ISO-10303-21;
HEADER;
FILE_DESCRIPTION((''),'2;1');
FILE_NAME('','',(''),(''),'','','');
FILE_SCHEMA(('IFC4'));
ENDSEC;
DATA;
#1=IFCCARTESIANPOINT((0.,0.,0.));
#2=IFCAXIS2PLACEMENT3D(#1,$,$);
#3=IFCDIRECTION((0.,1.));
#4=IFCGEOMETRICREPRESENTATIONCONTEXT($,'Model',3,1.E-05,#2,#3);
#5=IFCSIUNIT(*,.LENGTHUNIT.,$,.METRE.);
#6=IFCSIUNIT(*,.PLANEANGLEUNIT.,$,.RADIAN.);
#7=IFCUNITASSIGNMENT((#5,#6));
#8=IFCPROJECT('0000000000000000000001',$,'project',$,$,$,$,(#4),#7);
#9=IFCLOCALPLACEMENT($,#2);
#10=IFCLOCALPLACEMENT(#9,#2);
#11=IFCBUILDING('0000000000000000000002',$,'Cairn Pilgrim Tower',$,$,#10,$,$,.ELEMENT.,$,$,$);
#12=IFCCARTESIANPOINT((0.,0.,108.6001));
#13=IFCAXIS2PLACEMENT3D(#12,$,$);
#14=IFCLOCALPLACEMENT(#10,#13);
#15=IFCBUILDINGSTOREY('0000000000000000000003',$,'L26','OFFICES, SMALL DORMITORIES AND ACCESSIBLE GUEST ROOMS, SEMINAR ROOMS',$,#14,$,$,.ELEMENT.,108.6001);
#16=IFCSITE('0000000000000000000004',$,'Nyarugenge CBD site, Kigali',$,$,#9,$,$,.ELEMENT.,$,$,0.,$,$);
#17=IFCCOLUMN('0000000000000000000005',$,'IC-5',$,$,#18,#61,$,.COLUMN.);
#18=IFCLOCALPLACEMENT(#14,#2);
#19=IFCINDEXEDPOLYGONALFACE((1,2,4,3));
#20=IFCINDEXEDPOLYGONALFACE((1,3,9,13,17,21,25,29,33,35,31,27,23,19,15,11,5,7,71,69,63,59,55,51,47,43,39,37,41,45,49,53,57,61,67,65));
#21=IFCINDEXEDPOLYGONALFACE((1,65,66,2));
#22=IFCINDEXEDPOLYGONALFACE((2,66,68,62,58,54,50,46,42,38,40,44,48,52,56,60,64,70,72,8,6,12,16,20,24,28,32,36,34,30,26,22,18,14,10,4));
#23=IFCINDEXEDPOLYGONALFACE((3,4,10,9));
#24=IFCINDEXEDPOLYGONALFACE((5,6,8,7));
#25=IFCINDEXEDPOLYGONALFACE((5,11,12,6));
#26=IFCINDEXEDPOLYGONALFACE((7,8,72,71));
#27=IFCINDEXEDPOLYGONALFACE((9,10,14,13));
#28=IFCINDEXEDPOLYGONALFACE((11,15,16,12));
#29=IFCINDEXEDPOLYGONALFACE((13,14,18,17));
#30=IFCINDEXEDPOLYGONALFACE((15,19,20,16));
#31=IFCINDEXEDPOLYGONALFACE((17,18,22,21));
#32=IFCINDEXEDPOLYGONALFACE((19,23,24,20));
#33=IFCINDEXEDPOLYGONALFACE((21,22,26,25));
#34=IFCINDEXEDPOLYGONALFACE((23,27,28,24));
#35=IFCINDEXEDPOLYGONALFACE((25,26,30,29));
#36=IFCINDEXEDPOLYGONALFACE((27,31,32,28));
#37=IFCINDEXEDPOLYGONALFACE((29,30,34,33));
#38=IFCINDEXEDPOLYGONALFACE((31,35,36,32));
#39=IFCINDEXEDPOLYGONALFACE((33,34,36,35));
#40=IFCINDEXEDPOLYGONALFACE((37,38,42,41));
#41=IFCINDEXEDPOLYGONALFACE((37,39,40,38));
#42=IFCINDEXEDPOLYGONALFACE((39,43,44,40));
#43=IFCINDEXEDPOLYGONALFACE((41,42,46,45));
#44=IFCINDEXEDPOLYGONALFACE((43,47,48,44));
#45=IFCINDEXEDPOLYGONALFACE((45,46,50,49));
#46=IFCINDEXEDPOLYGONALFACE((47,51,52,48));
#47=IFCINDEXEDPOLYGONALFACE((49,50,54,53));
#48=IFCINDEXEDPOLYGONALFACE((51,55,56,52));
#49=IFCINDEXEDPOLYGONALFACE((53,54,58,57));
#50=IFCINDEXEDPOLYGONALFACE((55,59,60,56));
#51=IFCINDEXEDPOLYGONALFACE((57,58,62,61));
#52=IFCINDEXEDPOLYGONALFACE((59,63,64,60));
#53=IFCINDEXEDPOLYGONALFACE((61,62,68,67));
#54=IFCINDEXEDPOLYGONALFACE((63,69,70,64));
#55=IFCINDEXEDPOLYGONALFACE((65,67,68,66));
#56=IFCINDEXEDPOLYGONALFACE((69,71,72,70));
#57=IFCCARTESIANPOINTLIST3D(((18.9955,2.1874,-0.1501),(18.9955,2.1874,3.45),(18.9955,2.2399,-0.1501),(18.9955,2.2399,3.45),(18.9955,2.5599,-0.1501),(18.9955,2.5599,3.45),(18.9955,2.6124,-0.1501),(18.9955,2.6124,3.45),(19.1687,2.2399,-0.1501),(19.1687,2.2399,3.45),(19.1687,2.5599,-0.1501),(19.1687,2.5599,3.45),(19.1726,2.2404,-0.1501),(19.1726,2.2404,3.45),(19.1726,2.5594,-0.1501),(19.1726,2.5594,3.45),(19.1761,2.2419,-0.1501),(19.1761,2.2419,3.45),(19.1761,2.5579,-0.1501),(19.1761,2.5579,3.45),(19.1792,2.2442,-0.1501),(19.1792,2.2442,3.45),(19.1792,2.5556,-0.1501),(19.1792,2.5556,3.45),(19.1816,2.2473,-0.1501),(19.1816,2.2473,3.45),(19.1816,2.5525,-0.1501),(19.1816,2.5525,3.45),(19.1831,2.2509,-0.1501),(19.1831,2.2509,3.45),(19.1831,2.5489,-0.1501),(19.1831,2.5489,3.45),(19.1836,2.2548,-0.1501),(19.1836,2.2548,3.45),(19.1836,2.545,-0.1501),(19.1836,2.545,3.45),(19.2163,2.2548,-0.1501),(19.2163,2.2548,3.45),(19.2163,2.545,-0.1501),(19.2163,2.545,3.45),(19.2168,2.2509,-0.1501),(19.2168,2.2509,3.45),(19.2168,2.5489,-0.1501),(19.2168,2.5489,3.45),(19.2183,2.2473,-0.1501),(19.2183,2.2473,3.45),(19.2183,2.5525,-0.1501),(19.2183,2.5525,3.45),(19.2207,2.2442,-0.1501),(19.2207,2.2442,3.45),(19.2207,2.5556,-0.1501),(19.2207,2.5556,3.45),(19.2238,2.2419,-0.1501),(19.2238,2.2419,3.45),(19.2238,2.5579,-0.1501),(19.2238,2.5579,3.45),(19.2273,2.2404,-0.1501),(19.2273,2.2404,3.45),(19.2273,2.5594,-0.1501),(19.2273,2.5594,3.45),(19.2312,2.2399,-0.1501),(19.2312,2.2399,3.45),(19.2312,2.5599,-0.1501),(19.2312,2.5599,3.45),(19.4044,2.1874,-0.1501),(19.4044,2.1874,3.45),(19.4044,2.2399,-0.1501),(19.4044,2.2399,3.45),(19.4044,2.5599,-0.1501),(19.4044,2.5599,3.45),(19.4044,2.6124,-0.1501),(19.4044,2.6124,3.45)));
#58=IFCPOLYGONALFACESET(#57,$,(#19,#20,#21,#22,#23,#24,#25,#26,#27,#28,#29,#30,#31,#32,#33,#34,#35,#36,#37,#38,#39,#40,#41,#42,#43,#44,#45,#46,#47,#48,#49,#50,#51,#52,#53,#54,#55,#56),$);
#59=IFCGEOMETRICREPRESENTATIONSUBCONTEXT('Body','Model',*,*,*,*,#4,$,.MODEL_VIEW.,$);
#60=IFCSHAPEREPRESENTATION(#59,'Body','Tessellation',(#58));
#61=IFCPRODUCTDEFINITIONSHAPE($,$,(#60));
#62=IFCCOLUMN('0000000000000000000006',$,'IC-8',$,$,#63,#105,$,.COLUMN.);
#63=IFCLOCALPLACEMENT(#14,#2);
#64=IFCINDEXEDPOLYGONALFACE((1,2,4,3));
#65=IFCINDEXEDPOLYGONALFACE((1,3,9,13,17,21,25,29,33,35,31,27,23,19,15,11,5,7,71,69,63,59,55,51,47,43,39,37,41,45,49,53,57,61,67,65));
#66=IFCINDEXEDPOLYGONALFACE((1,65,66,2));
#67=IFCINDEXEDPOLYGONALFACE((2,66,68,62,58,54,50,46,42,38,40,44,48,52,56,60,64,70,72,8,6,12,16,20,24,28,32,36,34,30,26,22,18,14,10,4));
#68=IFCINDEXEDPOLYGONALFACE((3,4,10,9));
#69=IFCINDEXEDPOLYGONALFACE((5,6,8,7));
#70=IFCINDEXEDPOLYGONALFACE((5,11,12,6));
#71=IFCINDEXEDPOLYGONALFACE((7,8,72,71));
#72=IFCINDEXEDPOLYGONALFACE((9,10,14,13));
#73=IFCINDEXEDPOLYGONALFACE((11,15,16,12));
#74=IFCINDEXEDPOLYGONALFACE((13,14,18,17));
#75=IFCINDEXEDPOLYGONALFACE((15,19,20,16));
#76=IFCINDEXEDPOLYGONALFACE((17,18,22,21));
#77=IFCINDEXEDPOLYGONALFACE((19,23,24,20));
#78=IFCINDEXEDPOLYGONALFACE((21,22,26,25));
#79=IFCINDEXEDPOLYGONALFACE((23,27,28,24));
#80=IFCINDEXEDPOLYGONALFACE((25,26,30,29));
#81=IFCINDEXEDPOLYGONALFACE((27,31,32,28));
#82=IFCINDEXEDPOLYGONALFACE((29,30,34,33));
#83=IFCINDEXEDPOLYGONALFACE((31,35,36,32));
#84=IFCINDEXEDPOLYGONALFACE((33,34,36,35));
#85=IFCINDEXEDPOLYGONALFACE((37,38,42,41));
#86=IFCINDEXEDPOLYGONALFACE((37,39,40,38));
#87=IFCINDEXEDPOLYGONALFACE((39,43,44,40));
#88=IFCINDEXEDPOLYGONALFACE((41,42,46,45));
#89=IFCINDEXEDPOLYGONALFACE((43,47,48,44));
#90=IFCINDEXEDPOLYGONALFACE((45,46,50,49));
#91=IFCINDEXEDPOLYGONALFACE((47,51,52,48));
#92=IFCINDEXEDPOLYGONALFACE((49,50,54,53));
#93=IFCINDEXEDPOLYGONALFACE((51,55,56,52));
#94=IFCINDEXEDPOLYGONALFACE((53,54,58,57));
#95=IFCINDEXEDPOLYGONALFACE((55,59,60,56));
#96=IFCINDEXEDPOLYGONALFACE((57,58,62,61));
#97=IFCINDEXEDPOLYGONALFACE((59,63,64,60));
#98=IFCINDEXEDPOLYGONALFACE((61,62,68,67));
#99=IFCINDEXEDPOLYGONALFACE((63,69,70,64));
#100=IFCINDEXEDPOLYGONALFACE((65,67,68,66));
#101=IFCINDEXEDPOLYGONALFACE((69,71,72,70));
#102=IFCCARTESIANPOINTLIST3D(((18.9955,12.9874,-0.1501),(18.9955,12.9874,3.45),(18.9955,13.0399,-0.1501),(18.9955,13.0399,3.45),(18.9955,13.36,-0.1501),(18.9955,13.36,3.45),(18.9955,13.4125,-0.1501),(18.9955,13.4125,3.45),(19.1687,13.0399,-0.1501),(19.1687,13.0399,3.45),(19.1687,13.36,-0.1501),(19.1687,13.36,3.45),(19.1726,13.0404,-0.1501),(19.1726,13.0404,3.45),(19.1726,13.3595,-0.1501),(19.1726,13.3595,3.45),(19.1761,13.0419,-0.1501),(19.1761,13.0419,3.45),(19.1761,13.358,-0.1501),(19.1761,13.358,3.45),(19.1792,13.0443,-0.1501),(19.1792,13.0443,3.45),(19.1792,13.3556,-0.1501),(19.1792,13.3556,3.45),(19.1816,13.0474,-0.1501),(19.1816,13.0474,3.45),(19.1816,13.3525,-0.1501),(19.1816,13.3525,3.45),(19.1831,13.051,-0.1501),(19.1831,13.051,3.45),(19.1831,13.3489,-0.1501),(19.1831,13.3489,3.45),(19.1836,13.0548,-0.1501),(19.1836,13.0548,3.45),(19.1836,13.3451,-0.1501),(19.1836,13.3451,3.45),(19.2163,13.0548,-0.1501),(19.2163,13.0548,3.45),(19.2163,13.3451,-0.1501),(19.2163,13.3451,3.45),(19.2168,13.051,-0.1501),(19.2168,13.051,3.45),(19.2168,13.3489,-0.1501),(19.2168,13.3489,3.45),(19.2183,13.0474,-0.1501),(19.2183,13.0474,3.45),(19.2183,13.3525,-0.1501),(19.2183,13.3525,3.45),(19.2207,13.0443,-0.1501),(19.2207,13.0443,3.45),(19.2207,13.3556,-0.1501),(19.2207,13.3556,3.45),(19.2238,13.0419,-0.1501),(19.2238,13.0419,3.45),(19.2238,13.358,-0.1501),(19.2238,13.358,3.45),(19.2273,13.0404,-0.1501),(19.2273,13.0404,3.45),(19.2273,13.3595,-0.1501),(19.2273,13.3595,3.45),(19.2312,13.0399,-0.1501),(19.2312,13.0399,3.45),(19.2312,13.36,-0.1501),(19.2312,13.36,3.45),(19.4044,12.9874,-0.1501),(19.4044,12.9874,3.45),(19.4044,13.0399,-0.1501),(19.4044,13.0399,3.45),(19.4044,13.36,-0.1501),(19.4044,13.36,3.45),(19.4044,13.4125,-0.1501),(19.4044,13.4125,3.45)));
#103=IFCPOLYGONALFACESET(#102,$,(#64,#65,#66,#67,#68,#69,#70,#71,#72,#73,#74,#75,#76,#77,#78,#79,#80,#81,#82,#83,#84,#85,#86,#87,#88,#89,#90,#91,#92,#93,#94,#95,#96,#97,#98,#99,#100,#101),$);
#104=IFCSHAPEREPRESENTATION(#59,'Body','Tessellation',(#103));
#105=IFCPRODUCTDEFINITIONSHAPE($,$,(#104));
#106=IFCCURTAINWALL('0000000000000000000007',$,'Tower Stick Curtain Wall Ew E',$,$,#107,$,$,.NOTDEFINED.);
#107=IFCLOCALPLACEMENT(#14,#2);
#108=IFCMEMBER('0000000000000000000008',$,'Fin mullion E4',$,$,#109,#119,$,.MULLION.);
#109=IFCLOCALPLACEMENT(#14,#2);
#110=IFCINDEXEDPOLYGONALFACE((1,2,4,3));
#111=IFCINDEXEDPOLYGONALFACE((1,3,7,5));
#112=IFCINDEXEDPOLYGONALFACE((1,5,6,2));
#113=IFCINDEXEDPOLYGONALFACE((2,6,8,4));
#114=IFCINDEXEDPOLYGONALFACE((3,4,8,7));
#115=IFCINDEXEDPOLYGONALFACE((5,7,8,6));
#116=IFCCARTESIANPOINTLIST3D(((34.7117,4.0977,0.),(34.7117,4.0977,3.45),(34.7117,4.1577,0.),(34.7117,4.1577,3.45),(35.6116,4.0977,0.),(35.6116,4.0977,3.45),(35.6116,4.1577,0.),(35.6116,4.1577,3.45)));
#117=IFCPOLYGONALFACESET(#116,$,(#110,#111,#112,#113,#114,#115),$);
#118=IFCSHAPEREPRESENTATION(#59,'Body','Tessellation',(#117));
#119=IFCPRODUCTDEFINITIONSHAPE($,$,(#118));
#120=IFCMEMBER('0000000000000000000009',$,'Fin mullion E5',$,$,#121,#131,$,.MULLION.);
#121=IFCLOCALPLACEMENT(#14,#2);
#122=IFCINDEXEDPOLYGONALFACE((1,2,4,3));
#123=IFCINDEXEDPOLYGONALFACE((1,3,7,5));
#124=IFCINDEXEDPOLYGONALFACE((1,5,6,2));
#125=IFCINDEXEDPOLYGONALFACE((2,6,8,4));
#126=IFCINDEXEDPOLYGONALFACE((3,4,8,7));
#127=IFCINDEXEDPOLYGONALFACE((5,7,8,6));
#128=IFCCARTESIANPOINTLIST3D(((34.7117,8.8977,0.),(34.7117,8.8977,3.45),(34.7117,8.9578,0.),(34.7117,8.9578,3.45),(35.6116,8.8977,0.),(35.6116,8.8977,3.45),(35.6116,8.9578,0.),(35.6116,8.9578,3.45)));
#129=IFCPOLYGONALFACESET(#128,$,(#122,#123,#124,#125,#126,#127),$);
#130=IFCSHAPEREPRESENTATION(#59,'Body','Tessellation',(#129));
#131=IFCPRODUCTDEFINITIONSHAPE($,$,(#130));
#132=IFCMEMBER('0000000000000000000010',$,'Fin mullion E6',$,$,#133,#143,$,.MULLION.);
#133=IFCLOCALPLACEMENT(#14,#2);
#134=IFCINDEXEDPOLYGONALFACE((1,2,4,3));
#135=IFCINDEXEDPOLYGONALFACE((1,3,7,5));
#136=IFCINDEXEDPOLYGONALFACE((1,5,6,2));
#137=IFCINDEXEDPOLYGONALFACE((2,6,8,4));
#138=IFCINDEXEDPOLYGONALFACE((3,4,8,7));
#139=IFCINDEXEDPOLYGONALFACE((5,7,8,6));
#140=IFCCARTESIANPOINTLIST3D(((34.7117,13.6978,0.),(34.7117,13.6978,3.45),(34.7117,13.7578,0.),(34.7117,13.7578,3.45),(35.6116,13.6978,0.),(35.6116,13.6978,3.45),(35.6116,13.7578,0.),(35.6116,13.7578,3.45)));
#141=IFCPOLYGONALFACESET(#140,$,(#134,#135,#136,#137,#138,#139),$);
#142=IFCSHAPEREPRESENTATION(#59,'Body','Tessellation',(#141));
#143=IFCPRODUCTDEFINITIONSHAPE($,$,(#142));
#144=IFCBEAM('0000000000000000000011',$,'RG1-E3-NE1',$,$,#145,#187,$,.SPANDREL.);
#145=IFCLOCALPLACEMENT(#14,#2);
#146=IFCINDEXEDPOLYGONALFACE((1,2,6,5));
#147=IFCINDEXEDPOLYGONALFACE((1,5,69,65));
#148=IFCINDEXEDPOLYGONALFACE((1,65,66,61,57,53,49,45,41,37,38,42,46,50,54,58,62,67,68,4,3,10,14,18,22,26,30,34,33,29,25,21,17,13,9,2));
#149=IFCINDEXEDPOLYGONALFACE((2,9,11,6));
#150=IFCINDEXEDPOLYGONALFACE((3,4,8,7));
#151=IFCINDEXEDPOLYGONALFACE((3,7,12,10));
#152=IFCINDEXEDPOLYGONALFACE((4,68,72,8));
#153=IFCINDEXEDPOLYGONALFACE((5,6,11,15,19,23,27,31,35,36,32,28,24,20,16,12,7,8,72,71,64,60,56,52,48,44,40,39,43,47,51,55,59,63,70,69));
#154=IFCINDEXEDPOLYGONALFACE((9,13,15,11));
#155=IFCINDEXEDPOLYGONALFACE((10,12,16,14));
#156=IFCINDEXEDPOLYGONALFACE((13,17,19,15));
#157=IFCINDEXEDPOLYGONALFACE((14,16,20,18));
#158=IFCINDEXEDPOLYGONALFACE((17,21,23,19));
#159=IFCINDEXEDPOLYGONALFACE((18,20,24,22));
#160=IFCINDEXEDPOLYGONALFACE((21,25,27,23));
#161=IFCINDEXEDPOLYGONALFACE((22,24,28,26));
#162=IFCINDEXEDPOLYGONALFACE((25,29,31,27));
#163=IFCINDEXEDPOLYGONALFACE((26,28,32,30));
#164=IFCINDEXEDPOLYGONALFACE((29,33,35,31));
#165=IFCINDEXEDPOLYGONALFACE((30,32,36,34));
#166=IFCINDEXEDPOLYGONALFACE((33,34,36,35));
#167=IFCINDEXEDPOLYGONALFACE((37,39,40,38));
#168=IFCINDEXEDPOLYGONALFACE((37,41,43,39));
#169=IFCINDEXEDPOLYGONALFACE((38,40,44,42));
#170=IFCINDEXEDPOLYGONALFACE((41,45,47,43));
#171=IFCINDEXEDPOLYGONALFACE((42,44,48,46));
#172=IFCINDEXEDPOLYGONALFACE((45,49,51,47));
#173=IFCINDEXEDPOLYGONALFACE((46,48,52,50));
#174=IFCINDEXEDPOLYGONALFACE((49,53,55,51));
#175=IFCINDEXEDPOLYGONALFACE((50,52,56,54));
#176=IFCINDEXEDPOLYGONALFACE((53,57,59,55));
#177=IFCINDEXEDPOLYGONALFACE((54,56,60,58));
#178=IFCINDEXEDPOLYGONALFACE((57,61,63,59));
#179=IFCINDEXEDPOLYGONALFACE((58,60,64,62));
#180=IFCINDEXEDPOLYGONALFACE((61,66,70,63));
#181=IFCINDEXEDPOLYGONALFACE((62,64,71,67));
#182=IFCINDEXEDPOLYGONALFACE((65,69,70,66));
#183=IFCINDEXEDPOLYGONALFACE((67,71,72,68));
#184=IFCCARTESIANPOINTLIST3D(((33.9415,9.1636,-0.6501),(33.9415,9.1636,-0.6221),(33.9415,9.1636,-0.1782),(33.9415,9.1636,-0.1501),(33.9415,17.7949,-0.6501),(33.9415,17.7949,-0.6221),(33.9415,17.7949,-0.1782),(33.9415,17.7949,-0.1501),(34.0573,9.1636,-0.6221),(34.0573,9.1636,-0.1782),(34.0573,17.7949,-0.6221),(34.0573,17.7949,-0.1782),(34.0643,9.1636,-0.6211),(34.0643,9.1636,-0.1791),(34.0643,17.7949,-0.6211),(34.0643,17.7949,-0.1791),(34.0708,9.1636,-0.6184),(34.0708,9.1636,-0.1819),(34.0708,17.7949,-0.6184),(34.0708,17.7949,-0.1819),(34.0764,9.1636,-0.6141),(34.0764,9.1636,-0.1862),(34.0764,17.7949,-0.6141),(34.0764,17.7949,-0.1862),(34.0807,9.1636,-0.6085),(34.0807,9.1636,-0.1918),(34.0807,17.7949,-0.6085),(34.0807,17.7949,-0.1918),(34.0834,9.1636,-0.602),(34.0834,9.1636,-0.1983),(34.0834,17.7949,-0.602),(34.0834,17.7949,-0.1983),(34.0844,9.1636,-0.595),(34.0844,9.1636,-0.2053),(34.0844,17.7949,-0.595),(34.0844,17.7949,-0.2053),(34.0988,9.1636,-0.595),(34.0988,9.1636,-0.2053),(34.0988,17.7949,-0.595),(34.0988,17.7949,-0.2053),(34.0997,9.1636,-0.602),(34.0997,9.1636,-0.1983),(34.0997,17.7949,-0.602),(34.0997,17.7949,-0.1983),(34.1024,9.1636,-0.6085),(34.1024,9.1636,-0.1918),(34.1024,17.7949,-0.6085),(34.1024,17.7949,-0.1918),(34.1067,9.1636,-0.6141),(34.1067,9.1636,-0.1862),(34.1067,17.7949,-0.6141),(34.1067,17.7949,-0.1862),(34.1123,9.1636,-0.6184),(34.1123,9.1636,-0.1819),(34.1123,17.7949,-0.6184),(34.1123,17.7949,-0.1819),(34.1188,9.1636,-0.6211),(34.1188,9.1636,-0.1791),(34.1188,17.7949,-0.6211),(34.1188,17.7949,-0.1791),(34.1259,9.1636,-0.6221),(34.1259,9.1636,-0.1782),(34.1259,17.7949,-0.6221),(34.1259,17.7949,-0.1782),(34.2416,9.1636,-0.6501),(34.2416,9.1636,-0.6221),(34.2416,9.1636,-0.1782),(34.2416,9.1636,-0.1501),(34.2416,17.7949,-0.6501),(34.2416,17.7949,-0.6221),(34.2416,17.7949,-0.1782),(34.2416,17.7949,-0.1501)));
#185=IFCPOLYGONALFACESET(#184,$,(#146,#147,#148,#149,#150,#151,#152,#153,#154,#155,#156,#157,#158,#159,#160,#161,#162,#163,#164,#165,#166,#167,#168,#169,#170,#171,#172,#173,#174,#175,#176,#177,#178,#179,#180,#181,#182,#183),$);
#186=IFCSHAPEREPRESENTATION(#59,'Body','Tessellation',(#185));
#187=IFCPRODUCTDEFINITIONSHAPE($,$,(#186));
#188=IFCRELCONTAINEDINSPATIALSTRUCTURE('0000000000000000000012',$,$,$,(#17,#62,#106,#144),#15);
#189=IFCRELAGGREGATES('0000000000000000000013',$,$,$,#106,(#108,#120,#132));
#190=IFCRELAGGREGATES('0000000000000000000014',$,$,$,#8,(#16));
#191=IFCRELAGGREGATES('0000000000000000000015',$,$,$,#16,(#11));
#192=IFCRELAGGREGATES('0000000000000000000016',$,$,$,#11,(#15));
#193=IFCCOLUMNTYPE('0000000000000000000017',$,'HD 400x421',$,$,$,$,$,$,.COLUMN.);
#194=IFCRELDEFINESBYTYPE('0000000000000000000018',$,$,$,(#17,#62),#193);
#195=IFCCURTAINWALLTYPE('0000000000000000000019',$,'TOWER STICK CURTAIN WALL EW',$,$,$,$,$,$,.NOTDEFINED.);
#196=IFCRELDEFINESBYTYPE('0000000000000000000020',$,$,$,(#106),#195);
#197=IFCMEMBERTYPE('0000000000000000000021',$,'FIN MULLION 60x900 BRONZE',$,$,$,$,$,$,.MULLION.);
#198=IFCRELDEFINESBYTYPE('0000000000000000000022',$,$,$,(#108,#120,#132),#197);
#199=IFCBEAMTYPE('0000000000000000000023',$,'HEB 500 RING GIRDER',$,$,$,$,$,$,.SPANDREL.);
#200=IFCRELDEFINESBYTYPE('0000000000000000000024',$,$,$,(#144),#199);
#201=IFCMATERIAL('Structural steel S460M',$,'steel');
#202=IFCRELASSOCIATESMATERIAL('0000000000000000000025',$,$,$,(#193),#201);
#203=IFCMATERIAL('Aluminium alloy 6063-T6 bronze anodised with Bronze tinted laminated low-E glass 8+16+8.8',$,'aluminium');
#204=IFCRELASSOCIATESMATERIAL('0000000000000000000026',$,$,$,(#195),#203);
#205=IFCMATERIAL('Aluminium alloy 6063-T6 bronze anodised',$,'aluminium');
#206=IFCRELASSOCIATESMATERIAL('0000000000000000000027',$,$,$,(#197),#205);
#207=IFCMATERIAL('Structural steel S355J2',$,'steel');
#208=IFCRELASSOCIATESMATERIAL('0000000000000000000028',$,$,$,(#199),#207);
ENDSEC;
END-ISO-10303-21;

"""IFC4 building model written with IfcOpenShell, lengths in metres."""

from ifc_helpers import new_model, si_unit, direction, frame, origin, origin_2d, place, context, subcontext, project, spatial, rectangle, i_section, extrude, material, material_profile, profile_set, type_object, element, aggregate, save


model = new_model("IFC4")

# Units and contexts
model_context = context("Model", 3, precision=1e-05, world=origin(), true_north=direction((0.0, 1.0)))
body_context = subcontext(model_context, "Body", "Model", "MODEL_VIEW")
ifc_project = project(units=[si_unit("LENGTHUNIT", "METRE"), si_unit("PLANEANGLEUNIT", "RADIAN")], contexts=[model_context])

# Site, building, storey
site_placement = place(None, origin())
site = spatial("IfcSite", under=ifc_project, at=site_placement, Name="Nyarugenge CBD site, Kigali", CompositionType="ELEMENT", RefElevation=0.0)
building_placement = place(site_placement, origin())
building = spatial("IfcBuilding", under=site, at=building_placement, Name="Cairn Pilgrim Tower", CompositionType="ELEMENT")
storey_placement = place(building_placement, frame((0.0, 0.0, 108.6001)))
storey = spatial("IfcBuildingStorey", under=building, at=storey_placement, Name="L26", Description="OFFICES, SMALL DORMITORIES AND ACCESSIBLE GUEST ROOMS, SEMINAR ROOMS", CompositionType="ELEMENT", Elevation=108.6001)

# Columns
ifc_material_1 = material(Name="Structural steel S460M", Category="steel")
ifc_material_profile_1 = material_profile(ifc_material_1, i_section(OverallWidth=0.4089, OverallDepth=0.425, WebThickness=0.0327, FlangeThickness=0.0525, FilletRadius=0.0149, at=origin_2d()), Name="HD 400x421")
ifc_profile_set_1 = profile_set([ifc_material_profile_1], Name="Structural steel S460M")
column_type_1 = type_object("IfcColumnType", Name="HD 400x421", PredefinedType="COLUMN", material=ifc_profile_set_1)
for number, where, z_axis, x_axis, name in (
    (1, (19.2, 2.3999, -0.1501), (0.0, 0.0, 1.0), (1.0, 0.0, 0.0), "IC-5"),
    (2, (19.2, 13.2, -0.1501), (0.0, 0.0, 1.0), (1.0, 0.0, 0.0), "IC-8"),
):
    element("IfcColumn", number, at=place(storey_placement, frame(where, z_axis=z_axis, x_axis=x_axis)), inside=storey, type_object=column_type_1, Name=name, PredefinedType="COLUMN", context=body_context, shape_type="SweptSolid", body=[
        extrude(i_section(OverallWidth=0.4089, OverallDepth=0.425, WebThickness=0.0327, FlangeThickness=0.0525, FilletRadius=0.0149, at=origin_2d()), origin(), (0.0, 0.0, 1.0), 3.6001),
    ])

# Curtain wall, members
ifc_material_2 = material(Name="Aluminium alloy 6063-T6 bronze anodised with Bronze tinted laminated low-E glass 8+16+8.8", Category="aluminium")
curtain_wall_type = type_object("IfcCurtainWallType", Name="TOWER STICK CURTAIN WALL EW", PredefinedType="NOTDEFINED", material=ifc_material_2)
curtain_wall_placement = place(storey_placement, origin())
curtain_wall = element("IfcCurtainWall", 3, at=curtain_wall_placement, inside=storey, type_object=curtain_wall_type, Name="Tower Stick Curtain Wall Ew E", PredefinedType="NOTDEFINED")
ifc_material_3 = material(Name="Aluminium alloy 6063-T6 bronze anodised", Category="aluminium")
ifc_material_profile_2 = material_profile(ifc_material_3, rectangle(XDim=0.8999, YDim=0.0601, at=origin_2d()), Name="FIN MULLION 60x900 BRONZE")
ifc_profile_set_2 = profile_set([ifc_material_profile_2], Name="Aluminium alloy 6063-T6 bronze anodised")
member_type_1 = type_object("IfcMemberType", Name="FIN MULLION 60x900 BRONZE", PredefinedType="MULLION", material=ifc_profile_set_2)
member_1_placement = place(storey_placement, frame((35.1616, 4.1277, 0.0), z_axis=(0.0, 0.0, 1.0), x_axis=(1.0, 0.0, 0.0)))
member_1 = element("IfcMember", 4, at=member_1_placement, type_object=member_type_1, Name="Fin mullion E4", PredefinedType="MULLION", context=body_context, shape_type="SweptSolid", body=[
    extrude(rectangle(XDim=0.8999, YDim=0.0601, at=origin_2d()), origin(), (0.0, 0.0, 1.0), 3.45),
])
member_2_placement = place(storey_placement, frame((35.1616, 8.9277, 0.0), z_axis=(0.0, 0.0, 1.0), x_axis=(1.0, 0.0, 0.0)))
member_2 = element("IfcMember", 5, at=member_2_placement, type_object=member_type_1, Name="Fin mullion E5", PredefinedType="MULLION", context=body_context, shape_type="SweptSolid", body=[
    extrude(rectangle(XDim=0.8999, YDim=0.0601, at=origin_2d()), origin(), (0.0, 0.0, 1.0), 3.45),
])
member_3_placement = place(storey_placement, frame((35.1616, 13.7278, 0.0), z_axis=(0.0, 0.0, 1.0), x_axis=(1.0, 0.0, 0.0)))
member_3 = element("IfcMember", 6, at=member_3_placement, type_object=member_type_1, Name="Fin mullion E6", PredefinedType="MULLION", context=body_context, shape_type="SweptSolid", body=[
    extrude(rectangle(XDim=0.8999, YDim=0.0601, at=origin_2d()), origin(), (0.0, 0.0, 1.0), 3.45),
])

# Beam
ifc_material_4 = material(Name="Structural steel S355J2", Category="steel")
ifc_material_profile_3 = material_profile(ifc_material_4, i_section(OverallWidth=0.3, OverallDepth=0.5, WebThickness=0.0144, FlangeThickness=0.0281, FilletRadius=0.0271, at=origin_2d()), Name="HEB 500")
ifc_profile_set_3 = profile_set([ifc_material_profile_3], Name="Structural steel S355J2")
beam_type_1 = type_object("IfcBeamType", Name="HEB 500 RING GIRDER", PredefinedType="SPANDREL", material=ifc_profile_set_3)
beam_1_placement = place(storey_placement, frame((34.0916, 9.1636, -0.4001), z_axis=(0.0, 1.0, 0.0), x_axis=(-1.0, 0.0, 0.0)))
element("IfcBeam", 7, at=beam_1_placement, inside=storey, type_object=beam_type_1, Name="RG1-E3-NE1", PredefinedType="SPANDREL", context=body_context, shape_type="SweptSolid", body=[
    extrude(i_section(OverallWidth=0.3, OverallDepth=0.5, WebThickness=0.0144, FlangeThickness=0.0281, FilletRadius=0.0271, at=origin_2d()), origin(), (0.0, 0.0, 1.0), 8.6313),
])

aggregate(curtain_wall, [member_1, member_2, member_3])

save(model, "model.ifc")
